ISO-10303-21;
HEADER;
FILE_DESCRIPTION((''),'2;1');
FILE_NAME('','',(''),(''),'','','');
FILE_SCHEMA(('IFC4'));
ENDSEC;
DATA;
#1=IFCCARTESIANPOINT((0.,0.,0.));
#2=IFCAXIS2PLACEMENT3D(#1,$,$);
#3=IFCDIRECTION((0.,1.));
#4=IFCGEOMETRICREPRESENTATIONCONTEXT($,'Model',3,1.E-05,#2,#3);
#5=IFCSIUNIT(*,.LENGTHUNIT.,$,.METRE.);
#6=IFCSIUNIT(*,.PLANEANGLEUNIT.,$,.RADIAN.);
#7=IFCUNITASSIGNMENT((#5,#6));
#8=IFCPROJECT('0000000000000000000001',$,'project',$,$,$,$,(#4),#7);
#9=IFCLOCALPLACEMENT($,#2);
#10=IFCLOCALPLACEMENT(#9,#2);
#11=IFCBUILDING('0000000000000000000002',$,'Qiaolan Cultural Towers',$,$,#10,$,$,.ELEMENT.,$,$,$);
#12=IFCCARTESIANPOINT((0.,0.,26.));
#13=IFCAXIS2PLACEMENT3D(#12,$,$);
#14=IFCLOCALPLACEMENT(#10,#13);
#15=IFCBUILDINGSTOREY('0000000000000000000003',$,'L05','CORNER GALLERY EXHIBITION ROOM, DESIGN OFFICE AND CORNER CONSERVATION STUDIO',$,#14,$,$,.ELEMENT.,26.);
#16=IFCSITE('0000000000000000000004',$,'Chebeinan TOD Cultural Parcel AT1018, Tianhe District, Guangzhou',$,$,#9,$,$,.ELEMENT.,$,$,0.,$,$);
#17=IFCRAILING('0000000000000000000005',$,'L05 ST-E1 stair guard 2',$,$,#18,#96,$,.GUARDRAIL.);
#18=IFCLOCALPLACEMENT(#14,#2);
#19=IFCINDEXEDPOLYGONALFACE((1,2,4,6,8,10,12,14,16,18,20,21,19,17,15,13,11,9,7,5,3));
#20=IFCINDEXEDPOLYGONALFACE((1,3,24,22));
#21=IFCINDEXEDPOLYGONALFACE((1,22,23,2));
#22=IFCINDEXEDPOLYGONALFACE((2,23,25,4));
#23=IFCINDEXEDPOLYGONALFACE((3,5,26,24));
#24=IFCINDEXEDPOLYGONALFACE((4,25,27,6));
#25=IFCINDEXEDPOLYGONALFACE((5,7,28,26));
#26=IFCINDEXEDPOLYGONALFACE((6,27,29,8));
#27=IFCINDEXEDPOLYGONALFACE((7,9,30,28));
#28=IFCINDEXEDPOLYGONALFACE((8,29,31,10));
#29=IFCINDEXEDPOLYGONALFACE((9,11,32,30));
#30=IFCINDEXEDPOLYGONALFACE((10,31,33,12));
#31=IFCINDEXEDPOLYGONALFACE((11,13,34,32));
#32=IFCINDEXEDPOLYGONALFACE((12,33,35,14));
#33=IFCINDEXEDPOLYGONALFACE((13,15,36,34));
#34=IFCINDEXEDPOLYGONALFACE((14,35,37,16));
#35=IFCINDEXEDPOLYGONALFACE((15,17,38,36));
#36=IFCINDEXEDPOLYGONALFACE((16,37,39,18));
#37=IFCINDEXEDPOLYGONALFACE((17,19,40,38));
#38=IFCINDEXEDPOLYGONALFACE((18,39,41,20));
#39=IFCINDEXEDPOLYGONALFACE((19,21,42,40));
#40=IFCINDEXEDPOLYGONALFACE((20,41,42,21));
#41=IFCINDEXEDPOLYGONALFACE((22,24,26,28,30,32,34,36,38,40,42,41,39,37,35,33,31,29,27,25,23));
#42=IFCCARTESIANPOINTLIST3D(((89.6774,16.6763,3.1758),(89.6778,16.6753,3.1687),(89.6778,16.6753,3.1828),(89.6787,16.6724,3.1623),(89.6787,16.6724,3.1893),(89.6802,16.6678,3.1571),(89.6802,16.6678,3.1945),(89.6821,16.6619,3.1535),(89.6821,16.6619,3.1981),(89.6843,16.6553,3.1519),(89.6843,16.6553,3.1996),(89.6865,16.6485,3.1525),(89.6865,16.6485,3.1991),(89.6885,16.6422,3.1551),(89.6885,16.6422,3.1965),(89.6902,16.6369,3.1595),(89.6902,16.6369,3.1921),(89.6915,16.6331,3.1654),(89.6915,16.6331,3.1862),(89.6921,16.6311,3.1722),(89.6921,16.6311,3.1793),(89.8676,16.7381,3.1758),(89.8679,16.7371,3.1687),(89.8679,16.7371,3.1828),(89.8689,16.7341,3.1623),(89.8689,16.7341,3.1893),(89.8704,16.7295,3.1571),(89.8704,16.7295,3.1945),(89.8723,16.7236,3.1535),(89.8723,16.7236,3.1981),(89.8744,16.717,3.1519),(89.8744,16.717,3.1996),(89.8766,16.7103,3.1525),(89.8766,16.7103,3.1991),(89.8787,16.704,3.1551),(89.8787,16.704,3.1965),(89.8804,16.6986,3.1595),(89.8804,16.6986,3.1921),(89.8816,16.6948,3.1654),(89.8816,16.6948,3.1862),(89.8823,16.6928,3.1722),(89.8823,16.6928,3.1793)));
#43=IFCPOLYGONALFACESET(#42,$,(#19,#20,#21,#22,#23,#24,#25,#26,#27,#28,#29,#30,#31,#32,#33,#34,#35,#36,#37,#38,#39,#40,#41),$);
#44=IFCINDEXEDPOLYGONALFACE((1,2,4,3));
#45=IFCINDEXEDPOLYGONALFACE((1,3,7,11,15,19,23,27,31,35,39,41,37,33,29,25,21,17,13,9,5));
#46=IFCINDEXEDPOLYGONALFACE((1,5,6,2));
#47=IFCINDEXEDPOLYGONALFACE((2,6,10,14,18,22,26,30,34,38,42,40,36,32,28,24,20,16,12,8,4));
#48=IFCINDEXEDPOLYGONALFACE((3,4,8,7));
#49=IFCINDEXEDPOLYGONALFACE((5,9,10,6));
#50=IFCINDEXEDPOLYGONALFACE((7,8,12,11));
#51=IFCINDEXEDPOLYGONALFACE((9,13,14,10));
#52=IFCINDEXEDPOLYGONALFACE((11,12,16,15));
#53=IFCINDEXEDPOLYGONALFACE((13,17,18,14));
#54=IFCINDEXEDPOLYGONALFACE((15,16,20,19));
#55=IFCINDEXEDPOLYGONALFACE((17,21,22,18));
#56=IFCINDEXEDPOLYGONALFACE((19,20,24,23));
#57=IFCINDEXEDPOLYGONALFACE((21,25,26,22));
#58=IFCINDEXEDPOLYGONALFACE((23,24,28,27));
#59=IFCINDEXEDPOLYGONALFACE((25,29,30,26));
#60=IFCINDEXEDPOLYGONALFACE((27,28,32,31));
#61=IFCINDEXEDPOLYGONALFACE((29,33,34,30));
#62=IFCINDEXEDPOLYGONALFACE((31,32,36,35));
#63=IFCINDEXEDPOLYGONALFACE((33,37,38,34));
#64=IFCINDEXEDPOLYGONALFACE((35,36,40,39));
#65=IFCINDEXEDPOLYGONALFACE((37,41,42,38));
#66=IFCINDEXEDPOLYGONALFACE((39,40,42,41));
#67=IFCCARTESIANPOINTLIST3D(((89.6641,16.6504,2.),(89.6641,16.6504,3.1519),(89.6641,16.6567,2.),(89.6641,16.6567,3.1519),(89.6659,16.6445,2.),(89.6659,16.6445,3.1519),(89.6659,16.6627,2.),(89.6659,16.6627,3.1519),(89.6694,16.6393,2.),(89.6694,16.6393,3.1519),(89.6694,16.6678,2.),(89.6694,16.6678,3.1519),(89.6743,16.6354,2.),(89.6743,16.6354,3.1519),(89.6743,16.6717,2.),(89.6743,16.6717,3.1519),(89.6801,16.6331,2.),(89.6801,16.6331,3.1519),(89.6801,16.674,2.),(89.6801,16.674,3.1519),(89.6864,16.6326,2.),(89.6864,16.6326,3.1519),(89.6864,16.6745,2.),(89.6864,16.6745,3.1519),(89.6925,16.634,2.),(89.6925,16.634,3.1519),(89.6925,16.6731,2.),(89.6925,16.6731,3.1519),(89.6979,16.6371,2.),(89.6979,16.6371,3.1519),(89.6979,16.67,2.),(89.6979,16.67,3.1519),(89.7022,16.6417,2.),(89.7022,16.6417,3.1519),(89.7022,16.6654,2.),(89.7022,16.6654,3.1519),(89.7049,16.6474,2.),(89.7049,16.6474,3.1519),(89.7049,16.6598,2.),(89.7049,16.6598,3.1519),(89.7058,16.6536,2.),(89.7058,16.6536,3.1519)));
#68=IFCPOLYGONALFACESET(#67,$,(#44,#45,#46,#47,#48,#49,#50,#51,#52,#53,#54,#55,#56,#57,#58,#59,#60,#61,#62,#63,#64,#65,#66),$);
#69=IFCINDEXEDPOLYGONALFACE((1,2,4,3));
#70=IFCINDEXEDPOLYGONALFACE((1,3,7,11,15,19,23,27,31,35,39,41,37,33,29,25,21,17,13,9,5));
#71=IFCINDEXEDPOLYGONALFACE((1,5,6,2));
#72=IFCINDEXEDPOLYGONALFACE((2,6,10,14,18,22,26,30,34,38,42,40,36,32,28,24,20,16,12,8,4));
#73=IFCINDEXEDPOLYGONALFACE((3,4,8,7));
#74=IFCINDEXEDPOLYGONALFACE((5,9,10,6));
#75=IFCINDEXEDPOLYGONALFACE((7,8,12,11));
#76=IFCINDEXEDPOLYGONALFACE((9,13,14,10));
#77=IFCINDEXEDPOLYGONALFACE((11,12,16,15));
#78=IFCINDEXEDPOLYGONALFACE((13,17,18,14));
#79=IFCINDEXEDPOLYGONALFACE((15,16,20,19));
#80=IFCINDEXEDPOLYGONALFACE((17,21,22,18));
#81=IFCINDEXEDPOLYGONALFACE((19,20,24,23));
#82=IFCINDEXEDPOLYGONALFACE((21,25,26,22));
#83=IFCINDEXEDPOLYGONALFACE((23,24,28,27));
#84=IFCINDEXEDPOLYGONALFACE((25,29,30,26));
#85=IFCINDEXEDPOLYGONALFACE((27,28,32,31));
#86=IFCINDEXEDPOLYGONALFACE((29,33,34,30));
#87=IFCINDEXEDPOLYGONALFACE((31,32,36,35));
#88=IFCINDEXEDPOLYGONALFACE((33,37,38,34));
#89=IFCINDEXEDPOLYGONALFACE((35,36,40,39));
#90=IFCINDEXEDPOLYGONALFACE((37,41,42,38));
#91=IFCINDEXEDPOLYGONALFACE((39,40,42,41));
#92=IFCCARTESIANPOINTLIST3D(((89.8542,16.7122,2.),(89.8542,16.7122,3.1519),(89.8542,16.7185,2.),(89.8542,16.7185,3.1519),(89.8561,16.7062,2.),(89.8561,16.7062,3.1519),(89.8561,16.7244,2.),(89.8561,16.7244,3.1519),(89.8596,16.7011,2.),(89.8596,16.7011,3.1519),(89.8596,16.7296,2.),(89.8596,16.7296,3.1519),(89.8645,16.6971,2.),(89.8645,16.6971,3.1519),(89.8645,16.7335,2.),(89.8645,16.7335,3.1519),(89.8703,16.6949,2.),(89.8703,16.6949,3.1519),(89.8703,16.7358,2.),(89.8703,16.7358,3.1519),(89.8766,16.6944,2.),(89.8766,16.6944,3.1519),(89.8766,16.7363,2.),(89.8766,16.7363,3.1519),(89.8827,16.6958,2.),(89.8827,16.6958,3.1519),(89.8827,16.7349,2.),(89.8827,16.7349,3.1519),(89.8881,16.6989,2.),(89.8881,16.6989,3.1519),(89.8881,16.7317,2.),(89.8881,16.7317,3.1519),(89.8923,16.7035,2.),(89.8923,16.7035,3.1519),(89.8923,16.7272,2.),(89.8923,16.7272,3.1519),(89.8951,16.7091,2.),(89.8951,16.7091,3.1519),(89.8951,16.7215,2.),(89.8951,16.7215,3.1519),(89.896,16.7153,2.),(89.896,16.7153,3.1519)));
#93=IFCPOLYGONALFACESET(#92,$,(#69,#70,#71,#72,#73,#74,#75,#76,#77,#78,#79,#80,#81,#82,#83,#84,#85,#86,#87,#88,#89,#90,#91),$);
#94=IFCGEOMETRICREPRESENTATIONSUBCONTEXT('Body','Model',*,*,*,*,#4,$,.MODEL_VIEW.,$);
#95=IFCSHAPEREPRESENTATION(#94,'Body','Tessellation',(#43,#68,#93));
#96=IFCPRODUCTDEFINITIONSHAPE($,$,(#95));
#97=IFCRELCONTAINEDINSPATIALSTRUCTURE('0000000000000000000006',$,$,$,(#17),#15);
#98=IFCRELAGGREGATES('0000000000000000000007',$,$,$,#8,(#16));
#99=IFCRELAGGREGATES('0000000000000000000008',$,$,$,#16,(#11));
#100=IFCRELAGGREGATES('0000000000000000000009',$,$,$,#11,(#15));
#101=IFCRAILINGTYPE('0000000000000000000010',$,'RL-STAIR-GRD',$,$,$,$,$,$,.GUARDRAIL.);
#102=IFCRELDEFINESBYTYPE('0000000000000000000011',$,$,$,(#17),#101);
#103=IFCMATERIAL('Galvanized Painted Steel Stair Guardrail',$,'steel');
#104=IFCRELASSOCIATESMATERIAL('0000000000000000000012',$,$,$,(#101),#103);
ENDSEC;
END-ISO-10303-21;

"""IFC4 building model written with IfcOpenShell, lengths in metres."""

from ifc_helpers import new_model, si_unit, direction, frame, origin, origin_2d, place, context, subcontext, project, spatial, circle, extrude, material, type_object, element, save


model = new_model("IFC4")

# Units and contexts
model_context = context("Model", 3, precision=1e-05, world=origin(), true_north=direction((0.0, 1.0)))
body_context = subcontext(model_context, "Body", "Model", "MODEL_VIEW")
ifc_project = project(units=[si_unit("LENGTHUNIT", "METRE"), si_unit("PLANEANGLEUNIT", "RADIAN")], contexts=[model_context])

# Site, building, storey
site_placement = place(None, origin())
site = spatial("IfcSite", under=ifc_project, at=site_placement, Name="Chebeinan TOD Cultural Parcel AT1018, Tianhe District, Guangzhou", CompositionType="ELEMENT", RefElevation=0.0)
building_placement = place(site_placement, origin())
building = spatial("IfcBuilding", under=site, at=building_placement, Name="Qiaolan Cultural Towers", CompositionType="ELEMENT")
storey_placement = place(building_placement, frame((0.0, 0.0, 26.0)))
storey = spatial("IfcBuildingStorey", under=building, at=storey_placement, Name="L05", Description="CORNER GALLERY EXHIBITION ROOM, DESIGN OFFICE AND CORNER CONSERVATION STUDIO", CompositionType="ELEMENT", Elevation=26.0)

# Railing
ifc_material_1 = material(Name="Galvanized Painted Steel Stair Guardrail", Category="steel")
railing_type_1 = type_object("IfcRailingType", Name="RL-STAIR-GRD", PredefinedType="GUARDRAIL", material=ifc_material_1)
railing_1_placement = place(storey_placement, frame((89.6848, 16.6536, 2.0)))
element("IfcRailing", 1, at=railing_1_placement, inside=storey, type_object=railing_type_1, Name="L05 ST-E1 stair guard 2", PredefinedType="GUARDRAIL", context=body_context, shape_type="SweptSolid", body=[
    extrude(circle(Radius=0.0239, at=origin_2d()), frame((0.0, 0.0, 1.1758), z_axis=(0.951097, 0.308893, 0.0), x_axis=(-0.308893, 0.951097, 0.0)), (0.0, 0.0, 1.0), 0.2),
    extrude(circle(Radius=0.021, at=origin_2d()), origin(), (0.0, 0.0, 1.0), 1.1519),
    extrude(circle(Radius=0.021, at=origin_2d()), frame((0.1902, 0.0618, 0.0)), (0.0, 0.0, 1.0), 1.1519),
])

save(model, "model.ifc")
